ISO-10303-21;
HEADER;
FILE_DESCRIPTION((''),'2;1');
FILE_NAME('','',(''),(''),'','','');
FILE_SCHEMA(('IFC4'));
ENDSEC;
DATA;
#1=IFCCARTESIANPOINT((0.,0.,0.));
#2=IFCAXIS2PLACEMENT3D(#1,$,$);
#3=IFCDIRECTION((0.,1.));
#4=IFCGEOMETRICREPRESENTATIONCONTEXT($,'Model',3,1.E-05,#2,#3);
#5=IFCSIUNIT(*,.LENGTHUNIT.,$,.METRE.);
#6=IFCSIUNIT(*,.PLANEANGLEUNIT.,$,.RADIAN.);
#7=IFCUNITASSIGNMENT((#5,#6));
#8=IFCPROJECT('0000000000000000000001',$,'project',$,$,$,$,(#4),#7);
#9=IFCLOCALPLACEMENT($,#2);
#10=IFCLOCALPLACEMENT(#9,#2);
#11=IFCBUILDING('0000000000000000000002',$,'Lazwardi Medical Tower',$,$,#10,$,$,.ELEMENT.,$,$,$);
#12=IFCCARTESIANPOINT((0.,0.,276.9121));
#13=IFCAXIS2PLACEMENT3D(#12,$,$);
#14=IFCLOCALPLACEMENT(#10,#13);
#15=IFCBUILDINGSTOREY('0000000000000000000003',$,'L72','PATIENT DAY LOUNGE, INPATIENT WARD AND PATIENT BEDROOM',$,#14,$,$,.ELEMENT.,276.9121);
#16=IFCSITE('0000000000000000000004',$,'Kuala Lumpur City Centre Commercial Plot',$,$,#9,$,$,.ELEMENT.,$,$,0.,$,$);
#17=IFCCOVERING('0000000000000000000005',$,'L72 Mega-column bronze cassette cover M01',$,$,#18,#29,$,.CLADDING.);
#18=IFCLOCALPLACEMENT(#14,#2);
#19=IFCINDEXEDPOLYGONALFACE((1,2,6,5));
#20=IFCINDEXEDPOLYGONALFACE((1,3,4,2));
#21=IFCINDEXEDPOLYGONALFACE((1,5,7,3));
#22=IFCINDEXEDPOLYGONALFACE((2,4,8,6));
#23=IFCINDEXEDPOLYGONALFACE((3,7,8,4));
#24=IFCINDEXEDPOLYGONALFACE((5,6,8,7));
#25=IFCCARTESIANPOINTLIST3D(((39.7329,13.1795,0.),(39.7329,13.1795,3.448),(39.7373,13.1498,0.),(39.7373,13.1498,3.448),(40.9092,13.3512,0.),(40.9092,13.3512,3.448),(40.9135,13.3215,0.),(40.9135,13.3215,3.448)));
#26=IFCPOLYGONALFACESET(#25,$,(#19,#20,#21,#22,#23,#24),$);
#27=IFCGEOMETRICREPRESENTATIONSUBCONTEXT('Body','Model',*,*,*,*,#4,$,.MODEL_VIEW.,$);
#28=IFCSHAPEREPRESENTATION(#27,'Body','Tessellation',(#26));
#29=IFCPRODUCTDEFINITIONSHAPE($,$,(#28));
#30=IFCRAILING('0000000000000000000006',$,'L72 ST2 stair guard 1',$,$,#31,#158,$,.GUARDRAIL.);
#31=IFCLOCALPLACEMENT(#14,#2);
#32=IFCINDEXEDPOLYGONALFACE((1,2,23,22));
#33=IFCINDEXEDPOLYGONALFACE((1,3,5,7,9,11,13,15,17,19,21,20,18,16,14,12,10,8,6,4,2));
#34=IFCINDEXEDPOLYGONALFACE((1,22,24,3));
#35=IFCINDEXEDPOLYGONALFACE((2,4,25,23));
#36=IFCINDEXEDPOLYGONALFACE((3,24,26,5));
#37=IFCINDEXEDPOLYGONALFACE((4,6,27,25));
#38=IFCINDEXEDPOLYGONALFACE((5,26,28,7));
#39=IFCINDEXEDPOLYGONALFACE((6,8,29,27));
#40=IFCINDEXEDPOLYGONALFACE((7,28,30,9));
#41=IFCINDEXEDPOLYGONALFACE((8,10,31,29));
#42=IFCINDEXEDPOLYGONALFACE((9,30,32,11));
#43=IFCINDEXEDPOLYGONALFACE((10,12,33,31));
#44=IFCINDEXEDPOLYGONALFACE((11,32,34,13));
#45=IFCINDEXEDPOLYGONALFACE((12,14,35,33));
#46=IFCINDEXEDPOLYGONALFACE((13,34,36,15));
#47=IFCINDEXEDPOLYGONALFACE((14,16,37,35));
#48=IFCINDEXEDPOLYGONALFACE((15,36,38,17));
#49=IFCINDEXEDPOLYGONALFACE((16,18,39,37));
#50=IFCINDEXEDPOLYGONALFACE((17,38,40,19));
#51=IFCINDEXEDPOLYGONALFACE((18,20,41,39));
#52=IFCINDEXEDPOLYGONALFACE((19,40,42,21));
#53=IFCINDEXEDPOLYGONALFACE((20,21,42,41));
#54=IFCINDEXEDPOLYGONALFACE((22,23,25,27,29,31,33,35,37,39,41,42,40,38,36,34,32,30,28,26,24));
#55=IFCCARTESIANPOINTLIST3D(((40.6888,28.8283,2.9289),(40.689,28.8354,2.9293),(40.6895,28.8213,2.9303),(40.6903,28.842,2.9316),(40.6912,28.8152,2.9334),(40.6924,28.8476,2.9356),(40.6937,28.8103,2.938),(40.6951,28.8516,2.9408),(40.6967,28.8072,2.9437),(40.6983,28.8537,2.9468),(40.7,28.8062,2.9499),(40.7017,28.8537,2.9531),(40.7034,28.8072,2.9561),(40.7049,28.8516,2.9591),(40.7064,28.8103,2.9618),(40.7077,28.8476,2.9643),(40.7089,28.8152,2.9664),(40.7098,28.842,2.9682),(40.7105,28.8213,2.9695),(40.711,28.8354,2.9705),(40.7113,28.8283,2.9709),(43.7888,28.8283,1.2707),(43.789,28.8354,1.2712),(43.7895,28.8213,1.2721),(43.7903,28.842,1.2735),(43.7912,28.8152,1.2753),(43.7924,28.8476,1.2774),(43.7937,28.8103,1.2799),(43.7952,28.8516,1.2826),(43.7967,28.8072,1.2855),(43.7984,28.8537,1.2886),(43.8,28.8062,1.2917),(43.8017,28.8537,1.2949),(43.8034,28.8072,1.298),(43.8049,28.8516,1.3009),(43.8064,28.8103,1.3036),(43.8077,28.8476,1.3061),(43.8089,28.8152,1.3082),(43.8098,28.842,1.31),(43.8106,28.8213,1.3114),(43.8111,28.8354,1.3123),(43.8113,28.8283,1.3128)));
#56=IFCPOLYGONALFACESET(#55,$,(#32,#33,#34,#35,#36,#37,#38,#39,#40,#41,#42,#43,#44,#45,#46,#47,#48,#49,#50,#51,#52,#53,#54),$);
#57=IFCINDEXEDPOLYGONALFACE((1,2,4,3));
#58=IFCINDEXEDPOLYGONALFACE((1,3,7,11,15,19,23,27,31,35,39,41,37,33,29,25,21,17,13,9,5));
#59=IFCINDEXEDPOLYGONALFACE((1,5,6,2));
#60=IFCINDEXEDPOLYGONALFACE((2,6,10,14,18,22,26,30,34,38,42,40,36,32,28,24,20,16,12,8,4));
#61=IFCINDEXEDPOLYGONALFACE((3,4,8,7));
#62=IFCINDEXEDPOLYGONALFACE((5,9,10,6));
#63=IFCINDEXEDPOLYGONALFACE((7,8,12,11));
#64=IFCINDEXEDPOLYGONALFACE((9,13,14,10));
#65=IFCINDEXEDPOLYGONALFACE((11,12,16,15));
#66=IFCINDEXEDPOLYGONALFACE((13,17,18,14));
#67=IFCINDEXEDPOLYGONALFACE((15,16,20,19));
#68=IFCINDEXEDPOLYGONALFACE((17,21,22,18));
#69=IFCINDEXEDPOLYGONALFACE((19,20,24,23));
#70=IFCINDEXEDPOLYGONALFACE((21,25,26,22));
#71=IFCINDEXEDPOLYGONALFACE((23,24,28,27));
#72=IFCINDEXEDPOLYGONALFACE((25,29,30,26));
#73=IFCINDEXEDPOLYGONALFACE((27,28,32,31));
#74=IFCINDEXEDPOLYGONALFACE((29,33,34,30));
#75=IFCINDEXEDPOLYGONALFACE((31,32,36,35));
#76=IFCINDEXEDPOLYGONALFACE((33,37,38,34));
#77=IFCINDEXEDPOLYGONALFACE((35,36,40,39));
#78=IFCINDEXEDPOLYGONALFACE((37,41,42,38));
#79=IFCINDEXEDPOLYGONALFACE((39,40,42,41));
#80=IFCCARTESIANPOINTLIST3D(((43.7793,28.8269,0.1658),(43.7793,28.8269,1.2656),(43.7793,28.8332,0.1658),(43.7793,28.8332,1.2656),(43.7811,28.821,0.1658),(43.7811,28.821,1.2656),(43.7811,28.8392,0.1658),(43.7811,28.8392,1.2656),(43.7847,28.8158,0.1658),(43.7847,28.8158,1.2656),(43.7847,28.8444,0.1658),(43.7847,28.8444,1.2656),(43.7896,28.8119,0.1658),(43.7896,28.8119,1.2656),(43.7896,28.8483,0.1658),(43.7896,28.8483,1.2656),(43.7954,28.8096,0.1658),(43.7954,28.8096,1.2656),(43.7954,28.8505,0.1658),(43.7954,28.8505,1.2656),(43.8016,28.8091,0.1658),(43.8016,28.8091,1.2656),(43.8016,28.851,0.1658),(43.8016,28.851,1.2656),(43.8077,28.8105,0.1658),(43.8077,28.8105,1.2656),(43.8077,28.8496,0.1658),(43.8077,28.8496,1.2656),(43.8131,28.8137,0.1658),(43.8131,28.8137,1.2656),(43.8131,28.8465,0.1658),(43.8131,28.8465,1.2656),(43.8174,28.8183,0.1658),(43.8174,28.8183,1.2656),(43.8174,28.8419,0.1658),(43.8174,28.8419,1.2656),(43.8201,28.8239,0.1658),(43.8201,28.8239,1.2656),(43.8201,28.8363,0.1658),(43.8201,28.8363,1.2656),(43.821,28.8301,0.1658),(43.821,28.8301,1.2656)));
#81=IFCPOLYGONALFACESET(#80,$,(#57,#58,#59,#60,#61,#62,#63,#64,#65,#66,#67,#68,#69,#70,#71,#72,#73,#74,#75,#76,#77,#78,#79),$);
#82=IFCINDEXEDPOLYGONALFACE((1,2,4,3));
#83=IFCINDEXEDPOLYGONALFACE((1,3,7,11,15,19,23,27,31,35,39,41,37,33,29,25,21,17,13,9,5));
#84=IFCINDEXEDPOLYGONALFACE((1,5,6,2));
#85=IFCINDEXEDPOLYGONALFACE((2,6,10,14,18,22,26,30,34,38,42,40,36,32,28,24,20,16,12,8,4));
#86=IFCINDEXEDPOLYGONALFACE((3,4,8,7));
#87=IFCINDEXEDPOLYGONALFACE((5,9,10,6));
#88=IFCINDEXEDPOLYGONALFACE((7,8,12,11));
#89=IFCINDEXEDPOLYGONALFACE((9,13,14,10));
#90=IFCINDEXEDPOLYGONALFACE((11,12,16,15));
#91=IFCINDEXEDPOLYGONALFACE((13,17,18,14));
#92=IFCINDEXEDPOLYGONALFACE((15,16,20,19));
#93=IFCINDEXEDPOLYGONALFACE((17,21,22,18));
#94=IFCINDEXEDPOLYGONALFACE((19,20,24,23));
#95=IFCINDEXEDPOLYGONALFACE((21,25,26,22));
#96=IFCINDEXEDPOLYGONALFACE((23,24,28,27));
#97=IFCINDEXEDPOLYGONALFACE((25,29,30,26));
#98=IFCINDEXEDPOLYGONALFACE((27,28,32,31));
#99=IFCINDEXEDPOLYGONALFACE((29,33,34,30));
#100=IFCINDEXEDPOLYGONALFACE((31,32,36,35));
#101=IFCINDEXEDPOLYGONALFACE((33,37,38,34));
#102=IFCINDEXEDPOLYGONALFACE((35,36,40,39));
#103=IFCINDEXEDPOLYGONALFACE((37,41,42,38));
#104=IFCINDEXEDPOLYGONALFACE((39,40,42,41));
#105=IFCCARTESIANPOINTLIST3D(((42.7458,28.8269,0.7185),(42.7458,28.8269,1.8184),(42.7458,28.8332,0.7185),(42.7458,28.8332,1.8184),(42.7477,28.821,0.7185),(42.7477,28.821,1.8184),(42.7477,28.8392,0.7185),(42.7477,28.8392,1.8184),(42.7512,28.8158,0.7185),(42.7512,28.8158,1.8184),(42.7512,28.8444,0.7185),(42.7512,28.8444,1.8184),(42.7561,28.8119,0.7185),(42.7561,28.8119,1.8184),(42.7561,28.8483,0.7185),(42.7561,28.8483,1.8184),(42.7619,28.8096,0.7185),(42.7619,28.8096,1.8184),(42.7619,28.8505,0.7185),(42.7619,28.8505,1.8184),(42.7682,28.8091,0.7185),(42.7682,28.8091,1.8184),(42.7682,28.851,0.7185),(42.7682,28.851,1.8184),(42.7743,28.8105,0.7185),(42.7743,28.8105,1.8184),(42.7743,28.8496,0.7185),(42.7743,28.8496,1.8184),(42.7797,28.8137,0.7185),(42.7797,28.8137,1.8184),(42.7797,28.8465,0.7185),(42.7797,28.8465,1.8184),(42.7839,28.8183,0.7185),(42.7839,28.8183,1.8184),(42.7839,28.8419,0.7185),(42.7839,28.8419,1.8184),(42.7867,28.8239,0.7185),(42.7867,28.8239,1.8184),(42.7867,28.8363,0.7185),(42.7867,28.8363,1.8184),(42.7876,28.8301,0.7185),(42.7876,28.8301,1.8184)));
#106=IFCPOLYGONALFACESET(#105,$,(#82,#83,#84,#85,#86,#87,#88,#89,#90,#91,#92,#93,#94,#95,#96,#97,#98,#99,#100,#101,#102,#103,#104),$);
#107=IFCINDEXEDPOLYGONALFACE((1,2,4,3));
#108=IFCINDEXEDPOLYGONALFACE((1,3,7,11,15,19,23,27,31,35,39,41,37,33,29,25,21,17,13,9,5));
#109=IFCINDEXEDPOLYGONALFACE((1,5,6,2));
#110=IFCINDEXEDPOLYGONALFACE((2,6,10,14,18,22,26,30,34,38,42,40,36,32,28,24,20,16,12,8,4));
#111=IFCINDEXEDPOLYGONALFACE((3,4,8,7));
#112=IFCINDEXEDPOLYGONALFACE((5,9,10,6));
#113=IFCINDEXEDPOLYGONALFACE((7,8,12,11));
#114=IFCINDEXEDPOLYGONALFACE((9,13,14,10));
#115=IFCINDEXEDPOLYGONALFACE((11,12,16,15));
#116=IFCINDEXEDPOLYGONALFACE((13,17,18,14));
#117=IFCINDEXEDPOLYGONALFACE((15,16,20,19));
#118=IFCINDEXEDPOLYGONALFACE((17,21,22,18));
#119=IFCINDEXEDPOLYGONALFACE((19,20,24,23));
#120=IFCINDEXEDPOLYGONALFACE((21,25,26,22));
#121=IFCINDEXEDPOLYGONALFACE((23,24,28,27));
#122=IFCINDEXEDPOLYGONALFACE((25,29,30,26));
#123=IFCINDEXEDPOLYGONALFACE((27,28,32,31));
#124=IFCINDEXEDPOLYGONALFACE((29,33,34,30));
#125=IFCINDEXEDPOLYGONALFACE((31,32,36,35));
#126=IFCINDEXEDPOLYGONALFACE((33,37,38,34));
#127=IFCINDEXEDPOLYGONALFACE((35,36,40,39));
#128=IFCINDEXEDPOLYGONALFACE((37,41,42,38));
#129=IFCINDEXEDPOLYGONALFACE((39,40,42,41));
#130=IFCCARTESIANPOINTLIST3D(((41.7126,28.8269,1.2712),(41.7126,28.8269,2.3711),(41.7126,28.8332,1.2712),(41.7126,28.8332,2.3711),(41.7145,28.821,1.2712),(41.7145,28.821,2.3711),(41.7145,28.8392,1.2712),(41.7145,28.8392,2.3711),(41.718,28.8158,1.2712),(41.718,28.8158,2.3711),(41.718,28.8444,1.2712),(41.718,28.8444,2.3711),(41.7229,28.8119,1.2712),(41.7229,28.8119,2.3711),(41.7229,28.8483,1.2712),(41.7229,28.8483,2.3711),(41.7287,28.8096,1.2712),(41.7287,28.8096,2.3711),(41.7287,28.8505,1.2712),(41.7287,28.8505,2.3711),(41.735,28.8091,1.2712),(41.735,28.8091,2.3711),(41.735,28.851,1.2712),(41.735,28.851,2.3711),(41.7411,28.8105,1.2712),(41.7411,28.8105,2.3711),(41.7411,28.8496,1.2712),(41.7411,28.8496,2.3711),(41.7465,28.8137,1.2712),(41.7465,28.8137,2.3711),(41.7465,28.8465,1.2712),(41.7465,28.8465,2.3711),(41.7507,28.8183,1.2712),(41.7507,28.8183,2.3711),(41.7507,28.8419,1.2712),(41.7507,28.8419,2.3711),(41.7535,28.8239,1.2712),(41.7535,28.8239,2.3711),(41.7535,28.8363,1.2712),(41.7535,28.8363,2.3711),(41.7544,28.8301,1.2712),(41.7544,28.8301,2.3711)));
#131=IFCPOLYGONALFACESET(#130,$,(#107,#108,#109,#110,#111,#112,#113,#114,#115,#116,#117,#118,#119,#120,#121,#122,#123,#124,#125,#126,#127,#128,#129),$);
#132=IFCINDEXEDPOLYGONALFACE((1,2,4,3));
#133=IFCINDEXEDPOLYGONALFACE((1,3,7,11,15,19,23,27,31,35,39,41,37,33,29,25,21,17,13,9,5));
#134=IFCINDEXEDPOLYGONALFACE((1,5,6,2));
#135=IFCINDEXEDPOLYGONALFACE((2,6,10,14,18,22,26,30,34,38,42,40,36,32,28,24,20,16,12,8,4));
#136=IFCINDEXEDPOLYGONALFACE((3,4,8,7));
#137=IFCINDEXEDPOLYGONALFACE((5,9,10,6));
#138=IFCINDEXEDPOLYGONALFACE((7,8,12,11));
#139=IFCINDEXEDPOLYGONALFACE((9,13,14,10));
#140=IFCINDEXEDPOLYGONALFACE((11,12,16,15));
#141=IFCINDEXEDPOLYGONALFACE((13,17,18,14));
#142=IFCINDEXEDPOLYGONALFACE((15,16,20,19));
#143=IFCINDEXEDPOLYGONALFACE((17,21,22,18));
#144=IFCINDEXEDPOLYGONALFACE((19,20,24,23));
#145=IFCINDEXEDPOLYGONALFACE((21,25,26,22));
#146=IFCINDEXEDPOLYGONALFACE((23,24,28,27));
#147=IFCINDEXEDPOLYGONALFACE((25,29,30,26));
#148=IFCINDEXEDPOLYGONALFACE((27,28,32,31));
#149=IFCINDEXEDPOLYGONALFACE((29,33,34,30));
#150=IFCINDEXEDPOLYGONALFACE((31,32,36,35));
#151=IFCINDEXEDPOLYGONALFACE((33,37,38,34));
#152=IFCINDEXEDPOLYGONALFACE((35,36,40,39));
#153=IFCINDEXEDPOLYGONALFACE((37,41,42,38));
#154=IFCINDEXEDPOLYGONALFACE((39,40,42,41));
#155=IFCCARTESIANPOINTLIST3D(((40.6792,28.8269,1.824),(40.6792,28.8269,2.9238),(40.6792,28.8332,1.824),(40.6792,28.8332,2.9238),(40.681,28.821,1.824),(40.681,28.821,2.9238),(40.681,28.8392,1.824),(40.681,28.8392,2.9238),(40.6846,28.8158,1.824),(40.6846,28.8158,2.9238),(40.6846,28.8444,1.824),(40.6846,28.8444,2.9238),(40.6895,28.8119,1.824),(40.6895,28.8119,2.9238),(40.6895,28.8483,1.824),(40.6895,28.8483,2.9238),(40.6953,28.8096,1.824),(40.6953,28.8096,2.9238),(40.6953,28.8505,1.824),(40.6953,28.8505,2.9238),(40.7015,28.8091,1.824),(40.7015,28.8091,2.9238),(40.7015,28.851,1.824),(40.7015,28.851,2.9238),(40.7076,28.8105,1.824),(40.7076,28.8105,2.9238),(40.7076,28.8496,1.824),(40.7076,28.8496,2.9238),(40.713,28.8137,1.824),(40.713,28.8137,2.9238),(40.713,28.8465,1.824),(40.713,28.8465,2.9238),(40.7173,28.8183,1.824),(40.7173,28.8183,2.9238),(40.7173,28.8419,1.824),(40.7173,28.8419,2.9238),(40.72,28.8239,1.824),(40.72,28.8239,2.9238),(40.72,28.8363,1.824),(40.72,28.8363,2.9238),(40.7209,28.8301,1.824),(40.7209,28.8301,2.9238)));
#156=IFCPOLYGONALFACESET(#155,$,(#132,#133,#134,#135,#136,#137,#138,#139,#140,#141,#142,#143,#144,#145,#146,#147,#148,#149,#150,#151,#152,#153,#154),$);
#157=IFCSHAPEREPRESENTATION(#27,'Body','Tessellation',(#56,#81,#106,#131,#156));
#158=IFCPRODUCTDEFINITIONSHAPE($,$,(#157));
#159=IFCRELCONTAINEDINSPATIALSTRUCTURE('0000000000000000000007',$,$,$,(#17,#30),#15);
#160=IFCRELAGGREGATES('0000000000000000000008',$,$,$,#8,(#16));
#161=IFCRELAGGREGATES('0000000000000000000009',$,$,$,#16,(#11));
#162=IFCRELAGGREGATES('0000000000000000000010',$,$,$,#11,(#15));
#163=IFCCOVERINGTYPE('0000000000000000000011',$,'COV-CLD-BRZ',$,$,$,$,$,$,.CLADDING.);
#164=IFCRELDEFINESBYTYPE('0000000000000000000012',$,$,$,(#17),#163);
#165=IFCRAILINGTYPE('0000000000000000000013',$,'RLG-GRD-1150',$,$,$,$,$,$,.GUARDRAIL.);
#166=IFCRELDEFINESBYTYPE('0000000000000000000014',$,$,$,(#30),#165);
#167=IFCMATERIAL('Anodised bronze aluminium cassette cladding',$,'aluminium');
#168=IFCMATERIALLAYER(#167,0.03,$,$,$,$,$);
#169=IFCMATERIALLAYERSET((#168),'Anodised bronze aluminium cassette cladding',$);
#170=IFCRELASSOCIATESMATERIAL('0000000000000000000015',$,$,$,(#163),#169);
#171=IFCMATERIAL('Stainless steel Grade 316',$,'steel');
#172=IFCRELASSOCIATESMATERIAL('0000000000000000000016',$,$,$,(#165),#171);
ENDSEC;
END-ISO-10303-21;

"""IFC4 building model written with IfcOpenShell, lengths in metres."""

from ifc_helpers import new_model, si_unit, direction, frame, origin, origin_2d, place, context, subcontext, project, spatial, rectangle, circle, extrude, material, layer, layer_set, type_object, element, save


model = new_model("IFC4")

# Units and contexts
model_context = context("Model", 3, precision=1e-05, world=origin(), true_north=direction((0.0, 1.0)))
body_context = subcontext(model_context, "Body", "Model", "MODEL_VIEW")
ifc_project = project(units=[si_unit("LENGTHUNIT", "METRE"), si_unit("PLANEANGLEUNIT", "RADIAN")], contexts=[model_context])

# Site, building, storey
site_placement = place(None, origin())
site = spatial("IfcSite", under=ifc_project, at=site_placement, Name="Kuala Lumpur City Centre Commercial Plot", CompositionType="ELEMENT", RefElevation=0.0)
building_placement = place(site_placement, origin())
building = spatial("IfcBuilding", under=site, at=building_placement, Name="Lazwardi Medical Tower", CompositionType="ELEMENT")
storey_placement = place(building_placement, frame((0.0, 0.0, 276.9121)))
storey = spatial("IfcBuildingStorey", under=building, at=storey_placement, Name="L72", Description="PATIENT DAY LOUNGE, INPATIENT WARD AND PATIENT BEDROOM", CompositionType="ELEMENT", Elevation=276.9121)

# Covering
ifc_material_1 = material(Name="Anodised bronze aluminium cassette cladding", Category="aluminium")
ifc_layer_1 = layer(ifc_material_1, 0.03)
ifc_layer_set_1 = layer_set([ifc_layer_1], Name="Anodised bronze aluminium cassette cladding")
covering_type = type_object("IfcCoveringType", Name="COV-CLD-BRZ", PredefinedType="CLADDING", material=ifc_layer_set_1)
covering_placement = place(storey_placement, frame((40.3232, 13.2505, 0.0), z_axis=(0.0, 0.0, 1.0), x_axis=(0.989512, 0.144448, 0.0)))
element("IfcCovering", 1, at=covering_placement, inside=storey, type_object=covering_type, Name="L72 Mega-column bronze cassette cover M01", PredefinedType="CLADDING", context=body_context, shape_type="SweptSolid", body=[
    extrude(rectangle(XDim=1.1887, YDim=0.03, at=origin_2d()), origin(), (0.0, 0.0, 1.0), 3.448),
])

# Railing
ifc_material_2 = material(Name="Stainless steel Grade 316", Category="steel")
railing_type_1 = type_object("IfcRailingType", Name="RLG-GRD-1150", PredefinedType="GUARDRAIL", material=ifc_material_2)
railing_1_placement = place(storey_placement, frame((43.8, 28.8301, 0.1658)))
element("IfcRailing", 2, at=railing_1_placement, inside=storey, type_object=railing_type_1, Name="L72 ST2 stair guard 1", PredefinedType="GUARDRAIL", context=body_context, shape_type="SweptSolid", body=[
    extrude(circle(Radius=0.0239, at=origin_2d()), frame((0.0, 0.0, 1.126), z_axis=(-0.881783, 0.0, 0.471655), x_axis=(0.0, -1.0, 0.0)), (0.0, 0.0, 1.0), 3.5156),
    extrude(circle(Radius=0.021, at=origin_2d()), origin(), (0.0, 0.0, 1.0), 1.0999),
    extrude(circle(Radius=0.021, at=origin_2d()), frame((-1.0334, 0.0, 0.5527)), (0.0, 0.0, 1.0), 1.0999),
    extrude(circle(Radius=0.021, at=origin_2d()), frame((-2.0667, 0.0, 1.1055)), (0.0, 0.0, 1.0), 1.0999),
    extrude(circle(Radius=0.021, at=origin_2d()), frame((-3.1001, 0.0, 1.6582)), (0.0, 0.0, 1.0), 1.0999),
])

save(model, "model.ifc")
